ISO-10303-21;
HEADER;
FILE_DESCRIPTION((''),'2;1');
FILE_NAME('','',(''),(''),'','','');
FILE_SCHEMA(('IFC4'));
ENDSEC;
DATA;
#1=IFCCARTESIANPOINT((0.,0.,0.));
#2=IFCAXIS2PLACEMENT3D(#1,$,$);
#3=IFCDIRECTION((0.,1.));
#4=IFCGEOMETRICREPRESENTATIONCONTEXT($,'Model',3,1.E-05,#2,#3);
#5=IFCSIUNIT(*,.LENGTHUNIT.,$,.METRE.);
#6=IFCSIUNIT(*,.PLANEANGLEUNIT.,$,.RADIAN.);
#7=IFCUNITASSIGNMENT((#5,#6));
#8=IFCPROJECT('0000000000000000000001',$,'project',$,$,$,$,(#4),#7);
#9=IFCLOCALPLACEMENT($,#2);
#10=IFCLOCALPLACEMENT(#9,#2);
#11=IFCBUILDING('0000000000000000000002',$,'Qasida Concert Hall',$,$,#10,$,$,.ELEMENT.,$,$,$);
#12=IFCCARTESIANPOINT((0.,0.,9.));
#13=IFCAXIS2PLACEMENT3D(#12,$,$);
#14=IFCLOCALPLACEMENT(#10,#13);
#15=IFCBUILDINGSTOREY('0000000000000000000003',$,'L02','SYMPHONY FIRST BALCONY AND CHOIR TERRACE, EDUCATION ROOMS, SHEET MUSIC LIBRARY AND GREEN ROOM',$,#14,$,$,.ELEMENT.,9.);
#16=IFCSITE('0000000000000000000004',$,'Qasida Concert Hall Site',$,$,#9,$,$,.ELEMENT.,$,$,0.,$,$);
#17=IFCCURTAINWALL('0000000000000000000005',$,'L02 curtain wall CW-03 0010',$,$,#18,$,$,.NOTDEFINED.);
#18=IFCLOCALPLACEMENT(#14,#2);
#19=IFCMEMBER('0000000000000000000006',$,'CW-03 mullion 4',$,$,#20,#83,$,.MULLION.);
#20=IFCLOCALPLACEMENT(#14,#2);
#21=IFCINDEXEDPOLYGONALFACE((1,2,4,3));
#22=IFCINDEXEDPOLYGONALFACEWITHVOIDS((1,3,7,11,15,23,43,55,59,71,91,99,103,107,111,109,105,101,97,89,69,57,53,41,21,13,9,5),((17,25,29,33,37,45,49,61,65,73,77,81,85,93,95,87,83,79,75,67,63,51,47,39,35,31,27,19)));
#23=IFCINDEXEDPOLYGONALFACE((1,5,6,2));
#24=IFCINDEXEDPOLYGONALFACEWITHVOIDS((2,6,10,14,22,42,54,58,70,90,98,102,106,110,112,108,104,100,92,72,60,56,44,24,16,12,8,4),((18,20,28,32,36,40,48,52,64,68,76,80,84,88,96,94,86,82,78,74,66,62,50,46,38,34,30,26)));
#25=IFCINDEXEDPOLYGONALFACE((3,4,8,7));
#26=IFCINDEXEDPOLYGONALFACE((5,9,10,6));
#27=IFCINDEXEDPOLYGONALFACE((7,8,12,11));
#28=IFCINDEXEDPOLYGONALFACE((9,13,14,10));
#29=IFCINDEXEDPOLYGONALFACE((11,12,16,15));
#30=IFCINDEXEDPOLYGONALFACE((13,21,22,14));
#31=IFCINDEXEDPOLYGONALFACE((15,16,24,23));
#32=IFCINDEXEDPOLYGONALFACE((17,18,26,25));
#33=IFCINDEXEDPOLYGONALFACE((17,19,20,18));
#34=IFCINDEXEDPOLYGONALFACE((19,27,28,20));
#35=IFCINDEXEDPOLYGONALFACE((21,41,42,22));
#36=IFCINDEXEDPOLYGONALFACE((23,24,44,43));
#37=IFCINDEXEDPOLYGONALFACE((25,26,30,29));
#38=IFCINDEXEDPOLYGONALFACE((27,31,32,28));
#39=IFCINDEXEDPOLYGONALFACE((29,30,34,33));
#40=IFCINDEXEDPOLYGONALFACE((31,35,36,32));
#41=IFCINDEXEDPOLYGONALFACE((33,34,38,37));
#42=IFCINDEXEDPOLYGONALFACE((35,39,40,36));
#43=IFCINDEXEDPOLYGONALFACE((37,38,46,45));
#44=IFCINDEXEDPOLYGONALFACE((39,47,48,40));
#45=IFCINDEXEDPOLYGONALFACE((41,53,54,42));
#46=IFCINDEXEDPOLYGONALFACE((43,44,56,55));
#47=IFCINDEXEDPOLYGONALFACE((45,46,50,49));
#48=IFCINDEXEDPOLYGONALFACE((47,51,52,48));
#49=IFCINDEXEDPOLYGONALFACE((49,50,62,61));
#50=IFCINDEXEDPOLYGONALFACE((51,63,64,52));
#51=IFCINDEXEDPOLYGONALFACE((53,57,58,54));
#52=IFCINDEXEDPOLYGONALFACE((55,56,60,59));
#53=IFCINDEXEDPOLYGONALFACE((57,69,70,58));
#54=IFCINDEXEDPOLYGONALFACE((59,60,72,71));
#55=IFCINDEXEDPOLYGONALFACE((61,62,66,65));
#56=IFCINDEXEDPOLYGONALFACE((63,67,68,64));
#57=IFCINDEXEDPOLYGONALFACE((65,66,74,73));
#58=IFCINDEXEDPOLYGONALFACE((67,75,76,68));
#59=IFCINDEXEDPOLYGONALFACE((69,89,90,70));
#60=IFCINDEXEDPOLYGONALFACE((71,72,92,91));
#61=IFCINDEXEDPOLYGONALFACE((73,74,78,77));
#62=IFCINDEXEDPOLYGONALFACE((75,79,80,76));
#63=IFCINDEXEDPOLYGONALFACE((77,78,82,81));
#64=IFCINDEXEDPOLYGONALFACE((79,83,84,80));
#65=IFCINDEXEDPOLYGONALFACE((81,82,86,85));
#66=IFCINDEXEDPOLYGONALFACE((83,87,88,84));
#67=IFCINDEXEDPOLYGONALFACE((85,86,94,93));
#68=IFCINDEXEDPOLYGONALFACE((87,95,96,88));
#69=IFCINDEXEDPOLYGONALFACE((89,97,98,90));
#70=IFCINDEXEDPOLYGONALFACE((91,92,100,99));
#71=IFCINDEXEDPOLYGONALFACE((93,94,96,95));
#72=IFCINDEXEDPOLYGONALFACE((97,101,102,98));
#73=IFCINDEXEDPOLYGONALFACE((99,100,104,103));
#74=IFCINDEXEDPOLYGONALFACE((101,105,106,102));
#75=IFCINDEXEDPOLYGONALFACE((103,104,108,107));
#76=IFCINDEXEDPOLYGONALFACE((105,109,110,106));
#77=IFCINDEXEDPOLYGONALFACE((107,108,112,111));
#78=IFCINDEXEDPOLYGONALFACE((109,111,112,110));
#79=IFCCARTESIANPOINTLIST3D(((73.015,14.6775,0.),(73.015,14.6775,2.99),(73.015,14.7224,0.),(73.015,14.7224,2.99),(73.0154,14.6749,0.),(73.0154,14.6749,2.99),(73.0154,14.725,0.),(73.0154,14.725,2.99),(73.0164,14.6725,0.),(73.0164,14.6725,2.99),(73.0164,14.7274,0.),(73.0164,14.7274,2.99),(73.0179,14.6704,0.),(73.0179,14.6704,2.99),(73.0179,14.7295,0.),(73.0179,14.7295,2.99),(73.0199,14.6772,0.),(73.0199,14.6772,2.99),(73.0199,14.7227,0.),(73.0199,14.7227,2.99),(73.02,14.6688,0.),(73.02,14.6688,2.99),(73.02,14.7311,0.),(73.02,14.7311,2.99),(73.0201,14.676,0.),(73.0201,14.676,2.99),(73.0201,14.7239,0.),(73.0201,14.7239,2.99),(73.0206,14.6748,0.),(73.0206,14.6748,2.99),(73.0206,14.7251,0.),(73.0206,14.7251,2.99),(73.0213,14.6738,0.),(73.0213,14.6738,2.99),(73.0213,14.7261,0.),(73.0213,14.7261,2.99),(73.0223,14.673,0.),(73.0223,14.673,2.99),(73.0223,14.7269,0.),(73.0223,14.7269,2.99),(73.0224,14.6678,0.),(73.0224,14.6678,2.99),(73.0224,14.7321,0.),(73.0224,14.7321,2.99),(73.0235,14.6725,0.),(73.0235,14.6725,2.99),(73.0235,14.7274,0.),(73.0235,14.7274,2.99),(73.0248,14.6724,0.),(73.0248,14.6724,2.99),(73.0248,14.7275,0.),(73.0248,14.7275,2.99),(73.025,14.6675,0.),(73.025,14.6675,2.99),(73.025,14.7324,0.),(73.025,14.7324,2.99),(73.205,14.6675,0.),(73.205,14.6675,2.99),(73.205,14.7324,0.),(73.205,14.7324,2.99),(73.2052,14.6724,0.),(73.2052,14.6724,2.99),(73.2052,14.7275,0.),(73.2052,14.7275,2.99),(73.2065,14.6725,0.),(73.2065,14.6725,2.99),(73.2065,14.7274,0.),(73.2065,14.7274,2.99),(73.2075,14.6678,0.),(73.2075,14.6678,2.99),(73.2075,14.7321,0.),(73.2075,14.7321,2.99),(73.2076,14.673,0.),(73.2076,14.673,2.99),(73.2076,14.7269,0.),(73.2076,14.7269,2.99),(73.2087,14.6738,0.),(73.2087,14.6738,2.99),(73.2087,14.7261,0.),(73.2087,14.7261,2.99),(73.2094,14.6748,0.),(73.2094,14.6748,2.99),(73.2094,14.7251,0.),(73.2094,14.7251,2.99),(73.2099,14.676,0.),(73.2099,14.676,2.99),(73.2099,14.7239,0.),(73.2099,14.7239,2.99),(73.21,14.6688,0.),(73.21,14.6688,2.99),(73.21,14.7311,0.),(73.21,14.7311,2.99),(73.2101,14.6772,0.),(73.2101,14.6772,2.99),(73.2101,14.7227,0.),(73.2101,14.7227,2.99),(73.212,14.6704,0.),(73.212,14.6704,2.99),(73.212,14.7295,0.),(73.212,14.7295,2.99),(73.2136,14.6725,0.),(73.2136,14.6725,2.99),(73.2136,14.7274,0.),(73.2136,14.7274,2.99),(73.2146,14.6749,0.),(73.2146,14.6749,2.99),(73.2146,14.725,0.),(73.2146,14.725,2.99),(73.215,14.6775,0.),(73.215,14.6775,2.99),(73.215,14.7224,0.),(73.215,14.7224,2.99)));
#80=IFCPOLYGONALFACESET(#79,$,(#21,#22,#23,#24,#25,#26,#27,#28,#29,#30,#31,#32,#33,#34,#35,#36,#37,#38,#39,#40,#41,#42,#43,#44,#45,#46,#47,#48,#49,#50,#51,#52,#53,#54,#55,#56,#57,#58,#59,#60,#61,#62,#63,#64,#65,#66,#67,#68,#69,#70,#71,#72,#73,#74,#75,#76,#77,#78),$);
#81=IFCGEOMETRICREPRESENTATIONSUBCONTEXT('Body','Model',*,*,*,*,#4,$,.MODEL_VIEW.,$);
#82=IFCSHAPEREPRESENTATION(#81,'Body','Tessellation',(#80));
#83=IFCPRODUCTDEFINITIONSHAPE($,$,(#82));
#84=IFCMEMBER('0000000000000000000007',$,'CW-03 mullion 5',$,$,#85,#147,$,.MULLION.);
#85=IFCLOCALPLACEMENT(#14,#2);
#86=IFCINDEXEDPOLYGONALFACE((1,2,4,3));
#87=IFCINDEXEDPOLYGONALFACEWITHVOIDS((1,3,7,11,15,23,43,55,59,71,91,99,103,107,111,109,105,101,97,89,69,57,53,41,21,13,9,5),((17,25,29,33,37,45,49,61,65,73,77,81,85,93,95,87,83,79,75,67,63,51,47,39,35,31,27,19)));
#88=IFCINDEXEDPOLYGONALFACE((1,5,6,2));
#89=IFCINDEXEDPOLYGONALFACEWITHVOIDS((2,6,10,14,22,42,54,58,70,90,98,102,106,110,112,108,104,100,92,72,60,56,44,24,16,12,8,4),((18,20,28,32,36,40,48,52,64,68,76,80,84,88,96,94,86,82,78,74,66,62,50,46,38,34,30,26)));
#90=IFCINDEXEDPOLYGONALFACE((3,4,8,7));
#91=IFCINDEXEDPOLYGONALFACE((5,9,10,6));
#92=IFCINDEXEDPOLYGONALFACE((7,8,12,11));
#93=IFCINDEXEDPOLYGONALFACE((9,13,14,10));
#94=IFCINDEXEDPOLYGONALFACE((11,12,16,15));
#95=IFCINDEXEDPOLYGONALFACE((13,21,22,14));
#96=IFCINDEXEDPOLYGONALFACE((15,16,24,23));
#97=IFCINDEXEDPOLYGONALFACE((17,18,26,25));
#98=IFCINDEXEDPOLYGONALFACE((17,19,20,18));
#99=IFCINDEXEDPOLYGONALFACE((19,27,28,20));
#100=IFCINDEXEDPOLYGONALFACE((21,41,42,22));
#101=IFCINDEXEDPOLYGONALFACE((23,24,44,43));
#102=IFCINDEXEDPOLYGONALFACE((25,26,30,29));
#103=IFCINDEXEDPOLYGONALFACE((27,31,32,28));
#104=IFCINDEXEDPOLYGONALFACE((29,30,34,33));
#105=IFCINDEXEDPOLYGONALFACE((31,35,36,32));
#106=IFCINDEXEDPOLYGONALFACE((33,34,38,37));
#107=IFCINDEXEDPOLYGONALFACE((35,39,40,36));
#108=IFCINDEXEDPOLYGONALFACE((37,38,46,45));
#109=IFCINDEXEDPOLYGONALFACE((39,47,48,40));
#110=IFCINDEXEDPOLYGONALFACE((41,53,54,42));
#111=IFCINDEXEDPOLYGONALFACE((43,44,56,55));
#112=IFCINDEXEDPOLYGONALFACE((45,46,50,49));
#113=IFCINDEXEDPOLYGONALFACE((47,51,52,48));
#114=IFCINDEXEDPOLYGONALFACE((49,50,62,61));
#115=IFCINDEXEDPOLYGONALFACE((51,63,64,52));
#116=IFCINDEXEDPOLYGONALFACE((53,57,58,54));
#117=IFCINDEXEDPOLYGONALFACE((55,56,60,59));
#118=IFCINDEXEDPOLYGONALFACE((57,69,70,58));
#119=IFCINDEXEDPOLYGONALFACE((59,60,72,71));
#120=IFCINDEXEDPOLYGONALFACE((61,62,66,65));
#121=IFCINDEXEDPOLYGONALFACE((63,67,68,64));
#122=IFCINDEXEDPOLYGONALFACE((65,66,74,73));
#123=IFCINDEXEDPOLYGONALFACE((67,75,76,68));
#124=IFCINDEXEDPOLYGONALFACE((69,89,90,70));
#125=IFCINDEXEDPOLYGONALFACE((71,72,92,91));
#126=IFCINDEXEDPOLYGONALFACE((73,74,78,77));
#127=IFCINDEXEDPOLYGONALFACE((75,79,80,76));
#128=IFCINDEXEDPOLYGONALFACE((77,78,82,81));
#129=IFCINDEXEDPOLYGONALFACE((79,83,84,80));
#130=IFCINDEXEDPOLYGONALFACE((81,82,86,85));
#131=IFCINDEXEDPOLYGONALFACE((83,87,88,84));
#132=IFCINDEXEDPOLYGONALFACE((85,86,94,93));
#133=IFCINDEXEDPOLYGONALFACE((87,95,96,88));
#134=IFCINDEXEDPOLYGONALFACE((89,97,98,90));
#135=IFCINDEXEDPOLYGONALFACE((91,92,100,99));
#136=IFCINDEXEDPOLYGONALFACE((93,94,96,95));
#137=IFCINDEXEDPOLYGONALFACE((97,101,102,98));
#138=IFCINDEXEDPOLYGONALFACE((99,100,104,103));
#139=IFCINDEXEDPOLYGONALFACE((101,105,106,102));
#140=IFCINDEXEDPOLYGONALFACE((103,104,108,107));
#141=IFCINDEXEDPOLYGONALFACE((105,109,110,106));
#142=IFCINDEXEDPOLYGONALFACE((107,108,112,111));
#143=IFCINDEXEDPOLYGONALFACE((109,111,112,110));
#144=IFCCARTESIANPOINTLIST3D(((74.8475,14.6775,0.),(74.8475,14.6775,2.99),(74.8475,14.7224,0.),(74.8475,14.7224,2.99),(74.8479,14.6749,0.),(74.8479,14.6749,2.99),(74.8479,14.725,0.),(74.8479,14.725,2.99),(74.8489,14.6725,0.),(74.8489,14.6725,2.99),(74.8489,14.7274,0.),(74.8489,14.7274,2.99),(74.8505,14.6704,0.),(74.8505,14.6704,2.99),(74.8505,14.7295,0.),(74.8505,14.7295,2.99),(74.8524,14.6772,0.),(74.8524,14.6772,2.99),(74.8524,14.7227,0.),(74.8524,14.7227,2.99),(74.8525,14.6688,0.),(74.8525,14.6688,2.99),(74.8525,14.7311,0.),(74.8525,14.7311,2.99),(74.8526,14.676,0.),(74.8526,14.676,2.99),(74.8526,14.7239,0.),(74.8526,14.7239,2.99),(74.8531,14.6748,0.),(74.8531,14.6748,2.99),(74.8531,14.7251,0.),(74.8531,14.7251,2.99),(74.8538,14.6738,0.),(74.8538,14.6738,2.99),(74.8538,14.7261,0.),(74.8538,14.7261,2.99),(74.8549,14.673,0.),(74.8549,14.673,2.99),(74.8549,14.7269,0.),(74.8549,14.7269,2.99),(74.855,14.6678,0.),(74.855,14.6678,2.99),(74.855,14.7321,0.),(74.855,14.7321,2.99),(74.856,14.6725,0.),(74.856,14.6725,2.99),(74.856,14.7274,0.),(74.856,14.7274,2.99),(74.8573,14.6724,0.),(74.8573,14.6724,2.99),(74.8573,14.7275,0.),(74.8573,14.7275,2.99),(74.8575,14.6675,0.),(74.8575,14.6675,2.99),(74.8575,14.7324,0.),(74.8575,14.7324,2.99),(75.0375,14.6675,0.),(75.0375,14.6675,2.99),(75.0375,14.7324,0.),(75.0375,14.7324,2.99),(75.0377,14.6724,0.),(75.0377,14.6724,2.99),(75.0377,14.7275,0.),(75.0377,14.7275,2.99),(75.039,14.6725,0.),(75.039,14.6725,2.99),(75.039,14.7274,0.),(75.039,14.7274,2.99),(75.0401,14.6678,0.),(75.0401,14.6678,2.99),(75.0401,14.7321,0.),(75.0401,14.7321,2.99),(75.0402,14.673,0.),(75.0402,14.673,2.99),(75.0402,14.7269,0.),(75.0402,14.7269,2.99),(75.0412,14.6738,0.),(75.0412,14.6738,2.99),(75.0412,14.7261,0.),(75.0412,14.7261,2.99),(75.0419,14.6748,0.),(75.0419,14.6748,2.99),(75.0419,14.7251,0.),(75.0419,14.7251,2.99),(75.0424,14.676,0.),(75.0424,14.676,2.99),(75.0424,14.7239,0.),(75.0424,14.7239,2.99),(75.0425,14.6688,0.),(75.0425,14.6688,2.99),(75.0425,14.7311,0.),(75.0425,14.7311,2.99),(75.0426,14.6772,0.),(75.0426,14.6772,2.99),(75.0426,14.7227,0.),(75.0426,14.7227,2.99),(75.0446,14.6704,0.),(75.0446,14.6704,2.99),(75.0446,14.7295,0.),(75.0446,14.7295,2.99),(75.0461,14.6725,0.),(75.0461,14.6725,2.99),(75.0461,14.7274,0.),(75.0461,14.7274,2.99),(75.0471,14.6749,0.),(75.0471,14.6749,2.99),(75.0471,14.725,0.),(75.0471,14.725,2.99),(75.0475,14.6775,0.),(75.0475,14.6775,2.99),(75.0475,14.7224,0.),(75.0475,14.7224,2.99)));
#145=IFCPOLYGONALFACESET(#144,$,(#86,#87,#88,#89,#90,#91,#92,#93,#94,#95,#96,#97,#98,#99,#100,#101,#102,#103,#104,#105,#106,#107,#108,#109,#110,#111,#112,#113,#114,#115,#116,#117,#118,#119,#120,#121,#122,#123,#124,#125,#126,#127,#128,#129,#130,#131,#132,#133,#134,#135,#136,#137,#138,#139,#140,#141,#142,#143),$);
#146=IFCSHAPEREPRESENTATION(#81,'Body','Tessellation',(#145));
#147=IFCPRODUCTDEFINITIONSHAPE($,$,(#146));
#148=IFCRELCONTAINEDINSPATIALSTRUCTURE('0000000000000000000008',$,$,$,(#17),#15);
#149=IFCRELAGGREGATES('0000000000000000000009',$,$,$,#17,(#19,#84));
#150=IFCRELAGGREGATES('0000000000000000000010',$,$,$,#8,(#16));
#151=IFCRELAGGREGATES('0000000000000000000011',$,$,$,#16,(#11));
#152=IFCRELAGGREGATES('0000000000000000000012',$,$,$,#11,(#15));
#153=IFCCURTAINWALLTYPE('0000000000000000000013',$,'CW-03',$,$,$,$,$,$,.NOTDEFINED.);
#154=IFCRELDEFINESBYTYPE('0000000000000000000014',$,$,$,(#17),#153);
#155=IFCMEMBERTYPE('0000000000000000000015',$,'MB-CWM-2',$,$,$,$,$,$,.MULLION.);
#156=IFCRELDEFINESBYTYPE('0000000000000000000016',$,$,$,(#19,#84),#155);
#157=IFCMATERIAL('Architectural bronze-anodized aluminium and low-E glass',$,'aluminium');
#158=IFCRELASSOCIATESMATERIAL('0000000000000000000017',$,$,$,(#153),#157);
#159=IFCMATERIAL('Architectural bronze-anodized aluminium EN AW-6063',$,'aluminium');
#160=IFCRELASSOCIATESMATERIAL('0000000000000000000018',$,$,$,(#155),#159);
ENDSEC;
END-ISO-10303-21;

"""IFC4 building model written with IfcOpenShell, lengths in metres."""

from ifc_helpers import new_model, si_unit, direction, frame, origin, origin_2d, place, context, subcontext, project, spatial, hollow_rectangle, extrude, material, material_profile, profile_set, type_object, element, aggregate, save


model = new_model("IFC4")

# Units and contexts
model_context = context("Model", 3, precision=1e-05, world=origin(), true_north=direction((0.0, 1.0)))
body_context = subcontext(model_context, "Body", "Model", "MODEL_VIEW")
ifc_project = project(units=[si_unit("LENGTHUNIT", "METRE"), si_unit("PLANEANGLEUNIT", "RADIAN")], contexts=[model_context])

# Site, building, storey
site_placement = place(None, origin())
site = spatial("IfcSite", under=ifc_project, at=site_placement, Name="Qasida Concert Hall Site", CompositionType="ELEMENT", RefElevation=0.0)
building_placement = place(site_placement, origin())
building = spatial("IfcBuilding", under=site, at=building_placement, Name="Qasida Concert Hall", CompositionType="ELEMENT")
storey_placement = place(building_placement, frame((0.0, 0.0, 9.0)))
storey = spatial("IfcBuildingStorey", under=building, at=storey_placement, Name="L02", Description="SYMPHONY FIRST BALCONY AND CHOIR TERRACE, EDUCATION ROOMS, SHEET MUSIC LIBRARY AND GREEN ROOM", CompositionType="ELEMENT", Elevation=9.0)

# Curtain wall, members
ifc_material_1 = material(Name="Architectural bronze-anodized aluminium and low-E glass", Category="aluminium")
curtain_wall_type = type_object("IfcCurtainWallType", Name="CW-03", PredefinedType="NOTDEFINED", material=ifc_material_1)
curtain_wall_placement = place(storey_placement, origin())
curtain_wall = element("IfcCurtainWall", 1, at=curtain_wall_placement, inside=storey, type_object=curtain_wall_type, Name="L02 curtain wall CW-03 0010", PredefinedType="NOTDEFINED")
ifc_material_2 = material(Name="Architectural bronze-anodized aluminium EN AW-6063", Category="aluminium")
ifc_material_profile_1 = material_profile(ifc_material_2, hollow_rectangle(XDim=0.0649, YDim=0.2, WallThickness=0.0049, InnerFilletRadius=0.0049, OuterFilletRadius=0.01, at=origin_2d()), Name="CWM 200x65x5")
ifc_profile_set_1 = profile_set([ifc_material_profile_1], Name="Architectural bronze-anodized aluminium EN AW-6063")
member_type_1 = type_object("IfcMemberType", Name="MB-CWM-2", PredefinedType="MULLION", material=ifc_profile_set_1)
member_1_placement = place(storey_placement, frame((73.115, 14.7, 0.0), z_axis=(0.0, 0.0, 1.0), x_axis=(0.0, 1.0, 0.0)))
member_1 = element("IfcMember", 2, at=member_1_placement, type_object=member_type_1, Name="CW-03 mullion 4", PredefinedType="MULLION", context=body_context, shape_type="SweptSolid", body=[
    extrude(hollow_rectangle(XDim=0.0649, YDim=0.2, WallThickness=0.0049, InnerFilletRadius=0.0049, OuterFilletRadius=0.01, at=origin_2d()), origin(), (0.0, 0.0, 1.0), 2.99),
])
member_2_placement = place(storey_placement, frame((74.9475, 14.7, 0.0), z_axis=(0.0, 0.0, 1.0), x_axis=(0.0, 1.0, 0.0)))
member_2 = element("IfcMember", 3, at=member_2_placement, type_object=member_type_1, Name="CW-03 mullion 5", PredefinedType="MULLION", context=body_context, shape_type="SweptSolid", body=[
    extrude(hollow_rectangle(XDim=0.0649, YDim=0.2, WallThickness=0.0049, InnerFilletRadius=0.0049, OuterFilletRadius=0.01, at=origin_2d()), origin(), (0.0, 0.0, 1.0), 2.99),
])
aggregate(curtain_wall, [member_1, member_2])

save(model, "model.ifc")
